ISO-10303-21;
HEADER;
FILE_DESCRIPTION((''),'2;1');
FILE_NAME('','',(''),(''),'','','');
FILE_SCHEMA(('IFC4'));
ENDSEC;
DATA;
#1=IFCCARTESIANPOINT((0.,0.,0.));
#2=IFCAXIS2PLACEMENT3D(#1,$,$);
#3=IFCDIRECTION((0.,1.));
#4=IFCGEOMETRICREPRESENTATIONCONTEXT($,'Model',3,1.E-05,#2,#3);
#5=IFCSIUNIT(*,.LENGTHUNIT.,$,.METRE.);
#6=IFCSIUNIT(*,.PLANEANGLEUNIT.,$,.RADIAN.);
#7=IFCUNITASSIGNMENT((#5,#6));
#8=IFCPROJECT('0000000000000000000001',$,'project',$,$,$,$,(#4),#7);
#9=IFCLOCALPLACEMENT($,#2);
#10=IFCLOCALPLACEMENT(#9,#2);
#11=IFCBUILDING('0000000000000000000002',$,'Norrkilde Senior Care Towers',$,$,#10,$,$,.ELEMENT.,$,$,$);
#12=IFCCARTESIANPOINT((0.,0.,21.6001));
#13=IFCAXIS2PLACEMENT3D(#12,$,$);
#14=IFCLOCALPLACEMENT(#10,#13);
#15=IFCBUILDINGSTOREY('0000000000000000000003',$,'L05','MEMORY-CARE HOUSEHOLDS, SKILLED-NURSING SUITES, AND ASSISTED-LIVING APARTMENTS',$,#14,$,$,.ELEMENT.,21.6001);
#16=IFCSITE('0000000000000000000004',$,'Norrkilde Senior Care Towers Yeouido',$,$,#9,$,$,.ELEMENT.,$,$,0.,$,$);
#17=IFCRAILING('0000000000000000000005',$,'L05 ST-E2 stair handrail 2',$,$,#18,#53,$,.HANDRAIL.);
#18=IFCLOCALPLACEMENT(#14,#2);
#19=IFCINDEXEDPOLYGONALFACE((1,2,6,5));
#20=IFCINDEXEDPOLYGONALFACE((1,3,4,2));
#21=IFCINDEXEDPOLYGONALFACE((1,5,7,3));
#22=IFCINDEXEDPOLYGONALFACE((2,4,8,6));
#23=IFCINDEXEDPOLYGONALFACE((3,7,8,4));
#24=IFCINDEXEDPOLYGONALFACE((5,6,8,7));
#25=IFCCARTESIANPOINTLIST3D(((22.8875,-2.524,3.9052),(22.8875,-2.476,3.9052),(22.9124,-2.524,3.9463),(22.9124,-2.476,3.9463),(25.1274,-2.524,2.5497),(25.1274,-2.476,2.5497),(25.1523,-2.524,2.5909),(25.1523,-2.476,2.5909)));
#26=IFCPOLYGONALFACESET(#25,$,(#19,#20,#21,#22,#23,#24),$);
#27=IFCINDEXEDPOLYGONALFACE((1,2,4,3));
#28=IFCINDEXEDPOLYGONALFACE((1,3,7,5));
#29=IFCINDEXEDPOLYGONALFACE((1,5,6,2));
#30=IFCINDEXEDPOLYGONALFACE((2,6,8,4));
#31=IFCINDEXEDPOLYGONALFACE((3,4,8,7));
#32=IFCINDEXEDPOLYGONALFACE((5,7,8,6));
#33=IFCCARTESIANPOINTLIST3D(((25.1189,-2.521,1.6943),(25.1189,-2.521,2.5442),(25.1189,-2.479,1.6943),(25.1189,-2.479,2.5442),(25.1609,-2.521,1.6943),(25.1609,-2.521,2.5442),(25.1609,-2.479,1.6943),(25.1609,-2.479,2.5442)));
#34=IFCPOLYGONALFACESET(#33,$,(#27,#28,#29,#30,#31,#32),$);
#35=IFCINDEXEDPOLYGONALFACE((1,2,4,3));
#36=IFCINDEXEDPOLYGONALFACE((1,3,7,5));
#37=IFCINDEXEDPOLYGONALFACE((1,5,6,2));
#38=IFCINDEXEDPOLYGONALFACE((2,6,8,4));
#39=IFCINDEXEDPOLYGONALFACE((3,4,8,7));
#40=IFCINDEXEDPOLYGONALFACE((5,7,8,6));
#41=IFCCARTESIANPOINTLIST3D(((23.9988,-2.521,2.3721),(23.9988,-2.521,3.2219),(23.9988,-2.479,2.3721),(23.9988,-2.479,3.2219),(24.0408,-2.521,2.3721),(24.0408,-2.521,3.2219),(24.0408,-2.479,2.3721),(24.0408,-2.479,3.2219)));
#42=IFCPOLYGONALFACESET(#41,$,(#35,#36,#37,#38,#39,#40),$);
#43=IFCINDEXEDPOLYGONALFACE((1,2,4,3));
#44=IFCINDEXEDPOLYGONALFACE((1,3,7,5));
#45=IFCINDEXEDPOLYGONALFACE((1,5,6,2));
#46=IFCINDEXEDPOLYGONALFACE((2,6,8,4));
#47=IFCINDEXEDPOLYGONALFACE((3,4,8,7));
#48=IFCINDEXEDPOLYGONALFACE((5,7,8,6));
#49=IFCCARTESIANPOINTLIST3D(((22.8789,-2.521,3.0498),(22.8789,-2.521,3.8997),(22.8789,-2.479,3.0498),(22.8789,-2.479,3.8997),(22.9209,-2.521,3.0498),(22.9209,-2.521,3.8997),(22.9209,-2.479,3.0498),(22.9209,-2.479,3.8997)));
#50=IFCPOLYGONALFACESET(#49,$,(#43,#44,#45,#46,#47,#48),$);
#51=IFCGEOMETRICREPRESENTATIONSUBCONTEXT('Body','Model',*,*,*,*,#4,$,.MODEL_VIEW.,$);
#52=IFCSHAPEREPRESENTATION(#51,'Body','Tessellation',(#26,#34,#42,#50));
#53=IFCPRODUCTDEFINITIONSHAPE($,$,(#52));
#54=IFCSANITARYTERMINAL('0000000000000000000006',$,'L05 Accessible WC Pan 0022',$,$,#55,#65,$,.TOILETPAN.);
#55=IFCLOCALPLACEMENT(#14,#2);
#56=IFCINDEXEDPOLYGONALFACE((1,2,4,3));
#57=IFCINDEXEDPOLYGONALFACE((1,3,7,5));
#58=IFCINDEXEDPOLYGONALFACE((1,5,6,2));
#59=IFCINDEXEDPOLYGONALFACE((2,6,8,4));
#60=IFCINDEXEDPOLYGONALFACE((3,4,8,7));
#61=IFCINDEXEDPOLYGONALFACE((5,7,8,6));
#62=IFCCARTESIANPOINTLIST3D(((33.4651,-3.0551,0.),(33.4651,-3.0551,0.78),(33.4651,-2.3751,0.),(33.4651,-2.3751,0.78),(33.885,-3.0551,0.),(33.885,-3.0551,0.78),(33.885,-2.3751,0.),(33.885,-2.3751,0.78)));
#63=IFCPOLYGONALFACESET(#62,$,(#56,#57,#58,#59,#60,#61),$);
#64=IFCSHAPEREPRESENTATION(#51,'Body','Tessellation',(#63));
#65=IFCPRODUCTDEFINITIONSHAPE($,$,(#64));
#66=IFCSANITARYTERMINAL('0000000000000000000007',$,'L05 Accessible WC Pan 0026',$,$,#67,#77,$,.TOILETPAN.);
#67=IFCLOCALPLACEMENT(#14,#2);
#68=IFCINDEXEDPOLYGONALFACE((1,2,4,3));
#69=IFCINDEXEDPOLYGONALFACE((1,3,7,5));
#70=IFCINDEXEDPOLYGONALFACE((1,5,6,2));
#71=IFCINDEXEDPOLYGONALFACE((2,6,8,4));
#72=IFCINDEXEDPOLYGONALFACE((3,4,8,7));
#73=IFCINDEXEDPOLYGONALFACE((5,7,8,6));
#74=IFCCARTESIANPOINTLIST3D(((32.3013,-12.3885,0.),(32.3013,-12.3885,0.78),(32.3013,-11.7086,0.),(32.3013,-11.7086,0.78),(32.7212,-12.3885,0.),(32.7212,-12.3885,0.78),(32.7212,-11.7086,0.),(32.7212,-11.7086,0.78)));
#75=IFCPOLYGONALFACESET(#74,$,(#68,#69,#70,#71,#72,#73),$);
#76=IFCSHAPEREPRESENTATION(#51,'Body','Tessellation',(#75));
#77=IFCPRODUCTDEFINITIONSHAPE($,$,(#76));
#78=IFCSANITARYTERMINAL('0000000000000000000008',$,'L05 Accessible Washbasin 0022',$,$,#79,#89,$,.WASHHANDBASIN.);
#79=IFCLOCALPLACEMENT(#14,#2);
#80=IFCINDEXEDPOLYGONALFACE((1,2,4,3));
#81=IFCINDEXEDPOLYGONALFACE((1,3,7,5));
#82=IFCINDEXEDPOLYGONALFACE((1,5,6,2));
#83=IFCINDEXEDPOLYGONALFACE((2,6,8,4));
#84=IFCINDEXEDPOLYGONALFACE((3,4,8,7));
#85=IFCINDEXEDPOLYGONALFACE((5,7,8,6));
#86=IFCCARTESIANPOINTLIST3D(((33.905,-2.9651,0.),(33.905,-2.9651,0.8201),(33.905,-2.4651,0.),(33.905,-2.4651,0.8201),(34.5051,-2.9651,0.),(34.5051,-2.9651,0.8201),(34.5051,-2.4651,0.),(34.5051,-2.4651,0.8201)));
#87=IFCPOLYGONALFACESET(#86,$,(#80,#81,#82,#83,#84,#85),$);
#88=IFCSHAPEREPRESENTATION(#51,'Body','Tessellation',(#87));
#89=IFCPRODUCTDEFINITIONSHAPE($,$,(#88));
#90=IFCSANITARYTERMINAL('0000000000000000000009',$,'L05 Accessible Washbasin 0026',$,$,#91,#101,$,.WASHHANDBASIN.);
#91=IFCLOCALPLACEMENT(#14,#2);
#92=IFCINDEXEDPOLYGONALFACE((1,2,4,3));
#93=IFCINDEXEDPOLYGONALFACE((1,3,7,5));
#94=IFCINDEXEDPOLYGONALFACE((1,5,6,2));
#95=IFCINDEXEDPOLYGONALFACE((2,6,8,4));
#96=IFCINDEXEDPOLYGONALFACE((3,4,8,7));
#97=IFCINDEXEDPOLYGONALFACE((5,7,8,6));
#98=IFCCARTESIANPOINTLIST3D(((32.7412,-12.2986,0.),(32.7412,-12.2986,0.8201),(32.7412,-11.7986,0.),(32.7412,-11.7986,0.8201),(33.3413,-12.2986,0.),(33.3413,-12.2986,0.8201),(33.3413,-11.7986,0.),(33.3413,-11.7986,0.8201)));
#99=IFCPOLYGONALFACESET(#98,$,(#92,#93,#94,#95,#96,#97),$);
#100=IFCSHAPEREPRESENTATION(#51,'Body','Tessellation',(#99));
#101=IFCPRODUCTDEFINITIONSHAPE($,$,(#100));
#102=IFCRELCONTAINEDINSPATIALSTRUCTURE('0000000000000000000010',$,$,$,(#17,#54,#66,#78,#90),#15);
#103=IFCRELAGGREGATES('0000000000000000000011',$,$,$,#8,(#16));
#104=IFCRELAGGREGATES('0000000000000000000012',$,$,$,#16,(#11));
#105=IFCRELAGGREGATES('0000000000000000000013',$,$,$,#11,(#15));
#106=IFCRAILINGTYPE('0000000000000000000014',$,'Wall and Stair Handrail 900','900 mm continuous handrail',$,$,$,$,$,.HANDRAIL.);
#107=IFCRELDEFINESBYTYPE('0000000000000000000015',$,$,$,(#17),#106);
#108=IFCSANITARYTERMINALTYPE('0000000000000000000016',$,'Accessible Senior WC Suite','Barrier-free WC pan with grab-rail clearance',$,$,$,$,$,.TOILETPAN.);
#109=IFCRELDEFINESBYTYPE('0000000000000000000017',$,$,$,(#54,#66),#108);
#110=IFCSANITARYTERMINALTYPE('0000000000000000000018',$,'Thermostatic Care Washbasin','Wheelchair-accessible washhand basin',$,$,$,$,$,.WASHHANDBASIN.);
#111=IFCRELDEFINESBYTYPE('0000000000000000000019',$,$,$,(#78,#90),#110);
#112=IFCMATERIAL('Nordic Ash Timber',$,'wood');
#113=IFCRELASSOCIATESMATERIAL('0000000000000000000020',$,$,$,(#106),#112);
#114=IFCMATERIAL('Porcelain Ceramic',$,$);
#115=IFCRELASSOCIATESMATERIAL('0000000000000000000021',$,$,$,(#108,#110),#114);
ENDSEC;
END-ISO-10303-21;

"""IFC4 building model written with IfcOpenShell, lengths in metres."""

from ifc_helpers import new_model, si_unit, direction, frame, origin, origin_2d, place, context, subcontext, project, spatial, rectangle, extrude, source, transform, mapped, material, type_object, type_shapes, element, save


model = new_model("IFC4")

# Units and contexts
model_context = context("Model", 3, precision=1e-05, world=origin(), true_north=direction((0.0, 1.0)))
body_context = subcontext(model_context, "Body", "Model", "MODEL_VIEW")
ifc_project = project(units=[si_unit("LENGTHUNIT", "METRE"), si_unit("PLANEANGLEUNIT", "RADIAN")], contexts=[model_context])

# Site, building, storey
site_placement = place(None, origin())
site = spatial("IfcSite", under=ifc_project, at=site_placement, Name="Norrkilde Senior Care Towers Yeouido", CompositionType="ELEMENT", RefElevation=0.0)
building_placement = place(site_placement, origin())
building = spatial("IfcBuilding", under=site, at=building_placement, Name="Norrkilde Senior Care Towers", CompositionType="ELEMENT")
storey_placement = place(building_placement, frame((0.0, 0.0, 21.6001)))
storey = spatial("IfcBuildingStorey", under=building, at=storey_placement, Name="L05", Description="MEMORY-CARE HOUSEHOLDS, SKILLED-NURSING SUITES, AND ASSISTED-LIVING APARTMENTS", CompositionType="ELEMENT", Elevation=21.6001)

# Railing
ifc_material_1 = material(Name="Nordic Ash Timber", Category="wood")
railing_type_1 = type_object("IfcRailingType", Name="Wall and Stair Handrail 900", Description="900 mm continuous handrail", PredefinedType="HANDRAIL", material=ifc_material_1)
railing_1_placement = place(storey_placement, frame((25.1399, -2.5, 1.6943)))
element("IfcRailing", 1, at=railing_1_placement, inside=storey, type_object=railing_type_1, Name="L05 ST-E2 stair handrail 2", PredefinedType="HANDRAIL", context=body_context, shape_type="SweptSolid", body=[
    extrude(rectangle(XDim=0.0481, YDim=0.0481, at=origin_2d()), frame((0.0, 0.0, 0.876), z_axis=(-0.855553, 0.0, 0.517715), x_axis=(0.0, -1.0, 0.0)), (0.0, 0.0, 1.0), 2.6182),
    extrude(rectangle(XDim=0.042, YDim=0.042, at=origin_2d()), origin(), (0.0, 0.0, 1.0), 0.8499),
    extrude(rectangle(XDim=0.042, YDim=0.042, at=origin_2d()), frame((-1.1201, 0.0, 0.6777)), (0.0, 0.0, 1.0), 0.8499),
    extrude(rectangle(XDim=0.042, YDim=0.042, at=origin_2d()), frame((-2.24, 0.0, 1.3555)), (0.0, 0.0, 1.0), 0.8499),
])

# Sanitary terminals
ifc_material_2 = material(Name="Porcelain Ceramic")
sanitary_terminal_type_1 = type_object("IfcSanitaryTerminalType", Name="Accessible Senior WC Suite", Description="Barrier-free WC pan with grab-rail clearance", PredefinedType="TOILETPAN", material=ifc_material_2)
shared_shape_1 = source(origin(), body_context, "Body", "SweptSolid", [
    extrude(rectangle(XDim=0.4199, YDim=0.6799, at=origin_2d()), origin(), (0.0, 0.0, 1.0), 0.78),
])
type_shapes(sanitary_terminal_type_1, [shared_shape_1])
for number, where, z_axis, x_axis, name in (
    (2, (33.675, -2.7151, 0.0), (0.0, 0.0, 1.0), (1.0, 0.0, 0.0), "L05 Accessible WC Pan 0022"),
    (3, (32.5112, -12.0486, 0.0), (0.0, 0.0, 1.0), (1.0, 0.0, 0.0), "L05 Accessible WC Pan 0026"),
):
    element("IfcSanitaryTerminal", number, at=place(storey_placement, frame(where, z_axis=z_axis, x_axis=x_axis)), inside=storey, type_object=sanitary_terminal_type_1, Name=name, PredefinedType="TOILETPAN", context=body_context, shape_type="MappedRepresentation", body=[
        mapped(shared_shape_1, transform((0.0, 0.0, 0.0), x_axis=(1.0, 0.0, 0.0), y_axis=(0.0, 1.0, 0.0), z_axis=(0.0, 0.0, 1.0), scale=1.0)),
    ])
sanitary_terminal_type_2 = type_object("IfcSanitaryTerminalType", Name="Thermostatic Care Washbasin", Description="Wheelchair-accessible washhand basin", PredefinedType="WASHHANDBASIN", material=ifc_material_2)
shared_shape_2 = source(origin(), body_context, "Body", "SweptSolid", [
    extrude(rectangle(XDim=0.6001, YDim=0.5, at=origin_2d()), origin(), (0.0, 0.0, 1.0), 0.8201),
])
type_shapes(sanitary_terminal_type_2, [shared_shape_2])
for number, where, z_axis, x_axis, name in (
    (4, (34.2051, -2.7151, 0.0), (0.0, 0.0, 1.0), (1.0, 0.0, 0.0), "L05 Accessible Washbasin 0022"),
    (5, (33.0413, -12.0486, 0.0), (0.0, 0.0, 1.0), (1.0, 0.0, 0.0), "L05 Accessible Washbasin 0026"),
):
    element("IfcSanitaryTerminal", number, at=place(storey_placement, frame(where, z_axis=z_axis, x_axis=x_axis)), inside=storey, type_object=sanitary_terminal_type_2, Name=name, PredefinedType="WASHHANDBASIN", context=body_context, shape_type="MappedRepresentation", body=[
        mapped(shared_shape_2, transform((0.0, 0.0, 0.0), x_axis=(1.0, 0.0, 0.0), y_axis=(0.0, 1.0, 0.0), z_axis=(0.0, 0.0, 1.0), scale=1.0)),
    ])

save(model, "model.ifc")
